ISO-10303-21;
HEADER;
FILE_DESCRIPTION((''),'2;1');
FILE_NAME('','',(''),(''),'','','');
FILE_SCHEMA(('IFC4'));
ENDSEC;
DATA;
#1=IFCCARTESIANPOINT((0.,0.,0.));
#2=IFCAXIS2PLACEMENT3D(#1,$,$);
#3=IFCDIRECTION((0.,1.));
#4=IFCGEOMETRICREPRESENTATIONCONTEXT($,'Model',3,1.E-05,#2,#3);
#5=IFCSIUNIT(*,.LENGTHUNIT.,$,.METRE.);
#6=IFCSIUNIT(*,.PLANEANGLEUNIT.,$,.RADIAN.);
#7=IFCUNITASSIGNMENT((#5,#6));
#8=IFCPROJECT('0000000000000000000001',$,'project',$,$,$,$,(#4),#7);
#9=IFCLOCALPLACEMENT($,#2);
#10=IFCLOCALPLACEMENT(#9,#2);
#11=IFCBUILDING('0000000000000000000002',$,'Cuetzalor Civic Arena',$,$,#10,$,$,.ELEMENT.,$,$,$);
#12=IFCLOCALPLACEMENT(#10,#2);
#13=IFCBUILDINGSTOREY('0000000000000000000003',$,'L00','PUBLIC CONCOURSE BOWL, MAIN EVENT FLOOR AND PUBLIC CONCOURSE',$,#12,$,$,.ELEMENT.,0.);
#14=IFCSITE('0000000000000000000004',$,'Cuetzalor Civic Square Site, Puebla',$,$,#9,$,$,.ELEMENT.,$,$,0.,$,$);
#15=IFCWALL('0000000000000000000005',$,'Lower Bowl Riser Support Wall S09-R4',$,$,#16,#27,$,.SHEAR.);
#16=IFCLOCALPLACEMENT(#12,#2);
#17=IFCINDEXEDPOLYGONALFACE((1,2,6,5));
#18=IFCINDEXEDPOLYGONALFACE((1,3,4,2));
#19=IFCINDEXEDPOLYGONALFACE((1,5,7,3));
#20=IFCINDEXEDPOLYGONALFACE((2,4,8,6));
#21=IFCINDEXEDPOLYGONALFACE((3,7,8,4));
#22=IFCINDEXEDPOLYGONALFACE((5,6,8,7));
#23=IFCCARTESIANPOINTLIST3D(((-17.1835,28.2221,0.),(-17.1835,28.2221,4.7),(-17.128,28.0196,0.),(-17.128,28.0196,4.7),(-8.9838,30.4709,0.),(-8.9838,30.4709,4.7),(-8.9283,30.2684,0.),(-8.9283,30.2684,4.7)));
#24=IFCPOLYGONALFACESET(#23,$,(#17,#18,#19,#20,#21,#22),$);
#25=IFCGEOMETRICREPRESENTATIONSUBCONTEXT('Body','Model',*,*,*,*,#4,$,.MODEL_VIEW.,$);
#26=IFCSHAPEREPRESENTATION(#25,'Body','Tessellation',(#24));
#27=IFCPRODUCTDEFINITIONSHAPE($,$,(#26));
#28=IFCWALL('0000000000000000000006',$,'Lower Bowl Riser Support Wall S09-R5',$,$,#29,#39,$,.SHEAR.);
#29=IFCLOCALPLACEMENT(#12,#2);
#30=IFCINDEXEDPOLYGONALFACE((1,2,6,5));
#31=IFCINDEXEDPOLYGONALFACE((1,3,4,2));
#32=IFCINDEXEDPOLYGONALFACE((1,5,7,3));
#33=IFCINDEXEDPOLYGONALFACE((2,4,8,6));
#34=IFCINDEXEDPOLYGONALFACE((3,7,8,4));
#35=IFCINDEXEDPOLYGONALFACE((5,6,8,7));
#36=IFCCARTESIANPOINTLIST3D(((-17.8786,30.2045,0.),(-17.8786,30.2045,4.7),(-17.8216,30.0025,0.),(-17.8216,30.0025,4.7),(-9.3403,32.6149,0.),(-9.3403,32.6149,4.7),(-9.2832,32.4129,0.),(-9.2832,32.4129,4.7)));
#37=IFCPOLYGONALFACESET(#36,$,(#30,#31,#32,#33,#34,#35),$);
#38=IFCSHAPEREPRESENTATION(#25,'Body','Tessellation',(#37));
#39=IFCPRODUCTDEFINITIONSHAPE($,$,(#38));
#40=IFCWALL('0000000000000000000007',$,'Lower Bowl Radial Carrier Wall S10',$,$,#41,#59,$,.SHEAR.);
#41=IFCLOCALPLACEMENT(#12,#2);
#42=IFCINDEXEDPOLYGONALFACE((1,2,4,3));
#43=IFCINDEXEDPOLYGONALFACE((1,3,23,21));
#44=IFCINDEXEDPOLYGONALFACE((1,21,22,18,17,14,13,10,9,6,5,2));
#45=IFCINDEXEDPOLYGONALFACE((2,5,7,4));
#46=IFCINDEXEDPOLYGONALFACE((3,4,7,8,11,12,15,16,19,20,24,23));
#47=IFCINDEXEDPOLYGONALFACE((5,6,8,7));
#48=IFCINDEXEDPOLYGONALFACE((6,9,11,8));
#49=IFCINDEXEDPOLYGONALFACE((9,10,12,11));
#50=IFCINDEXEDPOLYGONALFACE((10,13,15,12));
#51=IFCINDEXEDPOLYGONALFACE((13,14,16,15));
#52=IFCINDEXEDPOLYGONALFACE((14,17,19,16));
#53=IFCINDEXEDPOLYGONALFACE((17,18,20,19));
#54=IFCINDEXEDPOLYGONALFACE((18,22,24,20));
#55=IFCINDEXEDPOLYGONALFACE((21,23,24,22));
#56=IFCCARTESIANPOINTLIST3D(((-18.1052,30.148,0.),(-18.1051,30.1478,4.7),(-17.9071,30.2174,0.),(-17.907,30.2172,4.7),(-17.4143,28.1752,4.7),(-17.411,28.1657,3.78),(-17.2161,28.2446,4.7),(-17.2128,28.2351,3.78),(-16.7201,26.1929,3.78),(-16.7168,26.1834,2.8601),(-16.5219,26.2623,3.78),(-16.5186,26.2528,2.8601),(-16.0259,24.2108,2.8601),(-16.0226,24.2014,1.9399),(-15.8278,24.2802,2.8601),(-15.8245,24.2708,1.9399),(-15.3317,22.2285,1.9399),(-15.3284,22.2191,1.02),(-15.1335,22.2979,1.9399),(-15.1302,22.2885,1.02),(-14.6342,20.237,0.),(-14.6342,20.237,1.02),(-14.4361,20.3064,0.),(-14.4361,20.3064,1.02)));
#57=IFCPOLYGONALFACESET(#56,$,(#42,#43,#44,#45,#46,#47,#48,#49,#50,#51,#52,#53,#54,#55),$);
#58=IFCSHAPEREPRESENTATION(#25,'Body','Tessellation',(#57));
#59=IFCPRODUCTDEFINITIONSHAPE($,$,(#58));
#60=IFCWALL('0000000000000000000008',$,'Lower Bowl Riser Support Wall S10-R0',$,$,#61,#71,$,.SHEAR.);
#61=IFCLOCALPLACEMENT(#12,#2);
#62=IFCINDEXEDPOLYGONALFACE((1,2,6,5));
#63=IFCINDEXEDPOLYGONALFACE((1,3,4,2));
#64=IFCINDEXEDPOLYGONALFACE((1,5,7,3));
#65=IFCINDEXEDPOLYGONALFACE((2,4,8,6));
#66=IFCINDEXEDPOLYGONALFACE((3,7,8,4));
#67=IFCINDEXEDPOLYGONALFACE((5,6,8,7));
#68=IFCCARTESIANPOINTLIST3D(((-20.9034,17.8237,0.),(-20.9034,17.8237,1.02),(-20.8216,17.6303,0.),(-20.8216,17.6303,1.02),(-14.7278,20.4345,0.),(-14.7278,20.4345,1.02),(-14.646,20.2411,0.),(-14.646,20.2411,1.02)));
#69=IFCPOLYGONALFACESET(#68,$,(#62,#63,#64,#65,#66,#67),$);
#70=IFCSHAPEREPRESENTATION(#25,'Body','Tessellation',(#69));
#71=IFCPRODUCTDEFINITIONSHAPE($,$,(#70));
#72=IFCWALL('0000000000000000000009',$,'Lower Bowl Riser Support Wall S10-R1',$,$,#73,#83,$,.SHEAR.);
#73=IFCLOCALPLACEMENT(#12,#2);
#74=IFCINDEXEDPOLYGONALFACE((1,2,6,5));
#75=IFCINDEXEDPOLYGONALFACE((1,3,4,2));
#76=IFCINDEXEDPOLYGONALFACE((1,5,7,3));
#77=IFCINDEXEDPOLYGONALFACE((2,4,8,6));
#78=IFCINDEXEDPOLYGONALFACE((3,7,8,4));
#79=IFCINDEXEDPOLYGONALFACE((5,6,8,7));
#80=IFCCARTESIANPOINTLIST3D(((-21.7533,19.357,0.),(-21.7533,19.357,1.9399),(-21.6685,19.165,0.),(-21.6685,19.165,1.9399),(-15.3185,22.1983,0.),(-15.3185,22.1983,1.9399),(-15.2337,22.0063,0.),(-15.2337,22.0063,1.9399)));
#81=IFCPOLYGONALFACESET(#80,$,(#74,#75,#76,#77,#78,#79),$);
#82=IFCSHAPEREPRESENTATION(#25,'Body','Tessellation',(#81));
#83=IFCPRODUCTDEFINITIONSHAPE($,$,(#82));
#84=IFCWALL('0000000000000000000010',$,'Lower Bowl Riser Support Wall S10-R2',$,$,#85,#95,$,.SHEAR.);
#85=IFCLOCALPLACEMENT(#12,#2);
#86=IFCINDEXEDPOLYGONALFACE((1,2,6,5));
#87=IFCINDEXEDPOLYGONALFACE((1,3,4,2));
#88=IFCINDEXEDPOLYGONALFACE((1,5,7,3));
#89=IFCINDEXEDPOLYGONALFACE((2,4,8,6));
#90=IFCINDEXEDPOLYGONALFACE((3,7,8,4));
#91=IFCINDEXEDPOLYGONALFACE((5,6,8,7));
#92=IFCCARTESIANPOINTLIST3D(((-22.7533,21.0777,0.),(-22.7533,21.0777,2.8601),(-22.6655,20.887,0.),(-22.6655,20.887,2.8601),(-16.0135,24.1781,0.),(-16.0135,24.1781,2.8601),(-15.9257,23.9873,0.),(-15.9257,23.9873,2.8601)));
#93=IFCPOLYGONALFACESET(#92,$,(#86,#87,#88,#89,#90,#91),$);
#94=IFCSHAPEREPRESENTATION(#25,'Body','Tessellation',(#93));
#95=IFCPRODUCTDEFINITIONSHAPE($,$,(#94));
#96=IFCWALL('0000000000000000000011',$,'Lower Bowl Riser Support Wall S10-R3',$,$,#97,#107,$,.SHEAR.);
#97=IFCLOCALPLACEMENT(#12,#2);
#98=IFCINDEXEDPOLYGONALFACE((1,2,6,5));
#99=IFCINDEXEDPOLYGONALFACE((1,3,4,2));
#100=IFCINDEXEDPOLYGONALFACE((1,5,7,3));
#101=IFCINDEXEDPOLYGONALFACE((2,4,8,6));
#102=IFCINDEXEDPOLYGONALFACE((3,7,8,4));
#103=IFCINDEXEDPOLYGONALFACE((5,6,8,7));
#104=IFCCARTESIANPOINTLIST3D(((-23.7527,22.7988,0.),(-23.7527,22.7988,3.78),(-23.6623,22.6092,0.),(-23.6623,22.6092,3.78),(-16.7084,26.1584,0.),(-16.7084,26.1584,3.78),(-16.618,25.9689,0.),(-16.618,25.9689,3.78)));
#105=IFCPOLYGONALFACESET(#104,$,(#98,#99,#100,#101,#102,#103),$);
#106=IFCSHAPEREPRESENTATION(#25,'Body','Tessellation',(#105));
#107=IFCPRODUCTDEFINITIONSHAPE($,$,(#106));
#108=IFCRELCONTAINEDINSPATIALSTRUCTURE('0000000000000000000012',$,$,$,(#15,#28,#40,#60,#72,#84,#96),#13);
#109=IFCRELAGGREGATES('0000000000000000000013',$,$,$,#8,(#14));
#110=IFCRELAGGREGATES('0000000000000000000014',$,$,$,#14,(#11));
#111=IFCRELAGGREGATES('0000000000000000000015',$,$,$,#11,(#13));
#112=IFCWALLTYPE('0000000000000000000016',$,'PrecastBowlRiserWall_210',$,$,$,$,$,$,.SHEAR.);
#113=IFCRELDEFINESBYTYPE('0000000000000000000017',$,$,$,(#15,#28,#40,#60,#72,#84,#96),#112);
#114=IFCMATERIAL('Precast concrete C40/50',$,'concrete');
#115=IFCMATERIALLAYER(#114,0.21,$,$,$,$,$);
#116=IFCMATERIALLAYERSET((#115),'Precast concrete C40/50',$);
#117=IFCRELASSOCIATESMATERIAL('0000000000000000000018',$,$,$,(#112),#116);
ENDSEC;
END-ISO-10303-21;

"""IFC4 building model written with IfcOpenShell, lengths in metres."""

from ifc_helpers import new_model, si_unit, direction, frame, frame_2d, origin, place, context, subcontext, project, spatial, polyline, rectangle, outline, extrude, material, layer, layer_set, type_object, element, save


model = new_model("IFC4")

# Units and contexts
model_context = context("Model", 3, precision=1e-05, world=origin(), true_north=direction((0.0, 1.0)))
body_context = subcontext(model_context, "Body", "Model", "MODEL_VIEW")
ifc_project = project(units=[si_unit("LENGTHUNIT", "METRE"), si_unit("PLANEANGLEUNIT", "RADIAN")], contexts=[model_context])

# Site, building, storey
site_placement = place(None, origin())
site = spatial("IfcSite", under=ifc_project, at=site_placement, Name="Cuetzalor Civic Square Site, Puebla", CompositionType="ELEMENT", RefElevation=0.0)
building_placement = place(site_placement, origin())
building = spatial("IfcBuilding", under=site, at=building_placement, Name="Cuetzalor Civic Arena", CompositionType="ELEMENT")
storey_placement = place(building_placement, origin())
storey = spatial("IfcBuildingStorey", under=building, at=storey_placement, Name="L00", Description="PUBLIC CONCOURSE BOWL, MAIN EVENT FLOOR AND PUBLIC CONCOURSE", CompositionType="ELEMENT", Elevation=0.0)

# Walls
ifc_material_1 = material(Name="Precast concrete C40/50", Category="concrete")
ifc_layer = layer(ifc_material_1, 0.21)
ifc_layer_set = layer_set([ifc_layer], Name="Precast concrete C40/50")
wall_type = type_object("IfcWallType", Name="PrecastBowlRiserWall_210", PredefinedType="SHEAR", material=ifc_layer_set)
wall_1_placement = place(storey_placement, frame((-8.9561, 30.3696, 0.0), z_axis=(0.0, 0.0, 1.0), x_axis=(-0.96439, -0.264485, 0.0)))
element("IfcWall", 1, at=wall_1_placement, inside=storey, type_object=wall_type, Name="Lower Bowl Riser Support Wall S09-R4", PredefinedType="SHEAR", context=body_context, shape_type="SweptSolid", body=[
    extrude(rectangle(XDim=8.5024, YDim=0.21, at=frame_2d((4.2512, 0.0))), origin(), (0.0, 0.0, 1.0), 4.7),
])
wall_2_placement = place(storey_placement, frame((-9.3118, 32.5139, 0.0), z_axis=(0.0, 0.0, 1.0), x_axis=(-0.962386, -0.271685, 0.0)))
element("IfcWall", 2, at=wall_2_placement, inside=storey, type_object=wall_type, Name="Lower Bowl Riser Support Wall S09-R5", PredefinedType="SHEAR", context=body_context, shape_type="SweptSolid", body=[
    extrude(rectangle(XDim=8.8721, YDim=0.21, at=frame_2d((4.436, 0.0))), origin(), (0.0, 0.0, 1.0), 4.7),
])
wall_3_placement = place(storey_placement, frame((-14.5352, 20.2717, 0.0), z_axis=(0.0, 0.0, 1.0), x_axis=(-0.330532, 0.943795, 0.0)))
element("IfcWall", 3, at=wall_3_placement, inside=storey, type_object=wall_type, Name="Lower Bowl Radial Carrier Wall S10", PredefinedType="SHEAR", context=body_context, shape_type="SweptSolid", body=[
    extrude(outline(polyline([(0.0, 0.0), (10.5012, 0.0), (10.501, 4.7), (8.4109, 4.7), (8.4009, 3.78), (6.3105, 3.78), (6.3005, 2.8601), (4.2104, 2.8601), (4.2004, 1.9399), (2.1101, 1.9399), (2.1001, 1.02), (0.0, 1.02), (0.0, 0.0)])), frame((0.0, 0.105, 0.0), z_axis=(0.0, -1.0, 0.0), x_axis=(1.0, 0.0, 0.0)), (0.0, 0.0, 1.0), 0.21),
])
wall_4_placement = place(storey_placement, frame((-14.6868, 20.3379, 0.0), z_axis=(0.0, 0.0, 1.0), x_axis=(-0.921068, -0.389401, 0.0)))
element("IfcWall", 4, at=wall_4_placement, inside=storey, type_object=wall_type, Name="Lower Bowl Riser Support Wall S10-R0", PredefinedType="SHEAR", context=body_context, shape_type="SweptSolid", body=[
    extrude(rectangle(XDim=6.7048, YDim=0.21, at=frame_2d((3.3525, 0.0))), origin(), (0.0, 0.0, 1.0), 1.02),
])
wall_5_placement = place(storey_placement, frame((-15.2761, 22.1023, 0.0), z_axis=(0.0, 0.0, 1.0), x_axis=(-0.914791, -0.403928, 0.0)))
element("IfcWall", 5, at=wall_5_placement, inside=storey, type_object=wall_type, Name="Lower Bowl Riser Support Wall S10-R1", PredefinedType="SHEAR", context=body_context, shape_type="SweptSolid", body=[
    extrude(rectangle(XDim=7.0342, YDim=0.21, at=frame_2d((3.5171, 0.0))), origin(), (0.0, 0.0, 1.0), 1.9399),
])
wall_6_placement = place(storey_placement, frame((-15.9695, 24.0828, 0.0), z_axis=(0.0, 0.0, 1.0), x_axis=(-0.908487, -0.417912, 0.0)))
element("IfcWall", 6, at=wall_6_placement, inside=storey, type_object=wall_type, Name="Lower Bowl Riser Support Wall S10-R2", PredefinedType="SHEAR", context=body_context, shape_type="SweptSolid", body=[
    extrude(rectangle(XDim=7.4187, YDim=0.21, at=frame_2d((3.7095, 0.0))), origin(), (0.0, 0.0, 1.0), 2.8601),
])
wall_7_placement = place(storey_placement, frame((-16.6631, 26.0637, 0.0), z_axis=(0.0, 0.0, 1.0), x_axis=(-0.9026, -0.430481, 0.0)))
element("IfcWall", 7, at=wall_7_placement, inside=storey, type_object=wall_type, Name="Lower Bowl Riser Support Wall S10-R3", PredefinedType="SHEAR", context=body_context, shape_type="SweptSolid", body=[
    extrude(rectangle(XDim=7.8044, YDim=0.21, at=frame_2d((3.9023, 0.0))), origin(), (0.0, 0.0, 1.0), 3.78),
])

save(model, "model.ifc")
